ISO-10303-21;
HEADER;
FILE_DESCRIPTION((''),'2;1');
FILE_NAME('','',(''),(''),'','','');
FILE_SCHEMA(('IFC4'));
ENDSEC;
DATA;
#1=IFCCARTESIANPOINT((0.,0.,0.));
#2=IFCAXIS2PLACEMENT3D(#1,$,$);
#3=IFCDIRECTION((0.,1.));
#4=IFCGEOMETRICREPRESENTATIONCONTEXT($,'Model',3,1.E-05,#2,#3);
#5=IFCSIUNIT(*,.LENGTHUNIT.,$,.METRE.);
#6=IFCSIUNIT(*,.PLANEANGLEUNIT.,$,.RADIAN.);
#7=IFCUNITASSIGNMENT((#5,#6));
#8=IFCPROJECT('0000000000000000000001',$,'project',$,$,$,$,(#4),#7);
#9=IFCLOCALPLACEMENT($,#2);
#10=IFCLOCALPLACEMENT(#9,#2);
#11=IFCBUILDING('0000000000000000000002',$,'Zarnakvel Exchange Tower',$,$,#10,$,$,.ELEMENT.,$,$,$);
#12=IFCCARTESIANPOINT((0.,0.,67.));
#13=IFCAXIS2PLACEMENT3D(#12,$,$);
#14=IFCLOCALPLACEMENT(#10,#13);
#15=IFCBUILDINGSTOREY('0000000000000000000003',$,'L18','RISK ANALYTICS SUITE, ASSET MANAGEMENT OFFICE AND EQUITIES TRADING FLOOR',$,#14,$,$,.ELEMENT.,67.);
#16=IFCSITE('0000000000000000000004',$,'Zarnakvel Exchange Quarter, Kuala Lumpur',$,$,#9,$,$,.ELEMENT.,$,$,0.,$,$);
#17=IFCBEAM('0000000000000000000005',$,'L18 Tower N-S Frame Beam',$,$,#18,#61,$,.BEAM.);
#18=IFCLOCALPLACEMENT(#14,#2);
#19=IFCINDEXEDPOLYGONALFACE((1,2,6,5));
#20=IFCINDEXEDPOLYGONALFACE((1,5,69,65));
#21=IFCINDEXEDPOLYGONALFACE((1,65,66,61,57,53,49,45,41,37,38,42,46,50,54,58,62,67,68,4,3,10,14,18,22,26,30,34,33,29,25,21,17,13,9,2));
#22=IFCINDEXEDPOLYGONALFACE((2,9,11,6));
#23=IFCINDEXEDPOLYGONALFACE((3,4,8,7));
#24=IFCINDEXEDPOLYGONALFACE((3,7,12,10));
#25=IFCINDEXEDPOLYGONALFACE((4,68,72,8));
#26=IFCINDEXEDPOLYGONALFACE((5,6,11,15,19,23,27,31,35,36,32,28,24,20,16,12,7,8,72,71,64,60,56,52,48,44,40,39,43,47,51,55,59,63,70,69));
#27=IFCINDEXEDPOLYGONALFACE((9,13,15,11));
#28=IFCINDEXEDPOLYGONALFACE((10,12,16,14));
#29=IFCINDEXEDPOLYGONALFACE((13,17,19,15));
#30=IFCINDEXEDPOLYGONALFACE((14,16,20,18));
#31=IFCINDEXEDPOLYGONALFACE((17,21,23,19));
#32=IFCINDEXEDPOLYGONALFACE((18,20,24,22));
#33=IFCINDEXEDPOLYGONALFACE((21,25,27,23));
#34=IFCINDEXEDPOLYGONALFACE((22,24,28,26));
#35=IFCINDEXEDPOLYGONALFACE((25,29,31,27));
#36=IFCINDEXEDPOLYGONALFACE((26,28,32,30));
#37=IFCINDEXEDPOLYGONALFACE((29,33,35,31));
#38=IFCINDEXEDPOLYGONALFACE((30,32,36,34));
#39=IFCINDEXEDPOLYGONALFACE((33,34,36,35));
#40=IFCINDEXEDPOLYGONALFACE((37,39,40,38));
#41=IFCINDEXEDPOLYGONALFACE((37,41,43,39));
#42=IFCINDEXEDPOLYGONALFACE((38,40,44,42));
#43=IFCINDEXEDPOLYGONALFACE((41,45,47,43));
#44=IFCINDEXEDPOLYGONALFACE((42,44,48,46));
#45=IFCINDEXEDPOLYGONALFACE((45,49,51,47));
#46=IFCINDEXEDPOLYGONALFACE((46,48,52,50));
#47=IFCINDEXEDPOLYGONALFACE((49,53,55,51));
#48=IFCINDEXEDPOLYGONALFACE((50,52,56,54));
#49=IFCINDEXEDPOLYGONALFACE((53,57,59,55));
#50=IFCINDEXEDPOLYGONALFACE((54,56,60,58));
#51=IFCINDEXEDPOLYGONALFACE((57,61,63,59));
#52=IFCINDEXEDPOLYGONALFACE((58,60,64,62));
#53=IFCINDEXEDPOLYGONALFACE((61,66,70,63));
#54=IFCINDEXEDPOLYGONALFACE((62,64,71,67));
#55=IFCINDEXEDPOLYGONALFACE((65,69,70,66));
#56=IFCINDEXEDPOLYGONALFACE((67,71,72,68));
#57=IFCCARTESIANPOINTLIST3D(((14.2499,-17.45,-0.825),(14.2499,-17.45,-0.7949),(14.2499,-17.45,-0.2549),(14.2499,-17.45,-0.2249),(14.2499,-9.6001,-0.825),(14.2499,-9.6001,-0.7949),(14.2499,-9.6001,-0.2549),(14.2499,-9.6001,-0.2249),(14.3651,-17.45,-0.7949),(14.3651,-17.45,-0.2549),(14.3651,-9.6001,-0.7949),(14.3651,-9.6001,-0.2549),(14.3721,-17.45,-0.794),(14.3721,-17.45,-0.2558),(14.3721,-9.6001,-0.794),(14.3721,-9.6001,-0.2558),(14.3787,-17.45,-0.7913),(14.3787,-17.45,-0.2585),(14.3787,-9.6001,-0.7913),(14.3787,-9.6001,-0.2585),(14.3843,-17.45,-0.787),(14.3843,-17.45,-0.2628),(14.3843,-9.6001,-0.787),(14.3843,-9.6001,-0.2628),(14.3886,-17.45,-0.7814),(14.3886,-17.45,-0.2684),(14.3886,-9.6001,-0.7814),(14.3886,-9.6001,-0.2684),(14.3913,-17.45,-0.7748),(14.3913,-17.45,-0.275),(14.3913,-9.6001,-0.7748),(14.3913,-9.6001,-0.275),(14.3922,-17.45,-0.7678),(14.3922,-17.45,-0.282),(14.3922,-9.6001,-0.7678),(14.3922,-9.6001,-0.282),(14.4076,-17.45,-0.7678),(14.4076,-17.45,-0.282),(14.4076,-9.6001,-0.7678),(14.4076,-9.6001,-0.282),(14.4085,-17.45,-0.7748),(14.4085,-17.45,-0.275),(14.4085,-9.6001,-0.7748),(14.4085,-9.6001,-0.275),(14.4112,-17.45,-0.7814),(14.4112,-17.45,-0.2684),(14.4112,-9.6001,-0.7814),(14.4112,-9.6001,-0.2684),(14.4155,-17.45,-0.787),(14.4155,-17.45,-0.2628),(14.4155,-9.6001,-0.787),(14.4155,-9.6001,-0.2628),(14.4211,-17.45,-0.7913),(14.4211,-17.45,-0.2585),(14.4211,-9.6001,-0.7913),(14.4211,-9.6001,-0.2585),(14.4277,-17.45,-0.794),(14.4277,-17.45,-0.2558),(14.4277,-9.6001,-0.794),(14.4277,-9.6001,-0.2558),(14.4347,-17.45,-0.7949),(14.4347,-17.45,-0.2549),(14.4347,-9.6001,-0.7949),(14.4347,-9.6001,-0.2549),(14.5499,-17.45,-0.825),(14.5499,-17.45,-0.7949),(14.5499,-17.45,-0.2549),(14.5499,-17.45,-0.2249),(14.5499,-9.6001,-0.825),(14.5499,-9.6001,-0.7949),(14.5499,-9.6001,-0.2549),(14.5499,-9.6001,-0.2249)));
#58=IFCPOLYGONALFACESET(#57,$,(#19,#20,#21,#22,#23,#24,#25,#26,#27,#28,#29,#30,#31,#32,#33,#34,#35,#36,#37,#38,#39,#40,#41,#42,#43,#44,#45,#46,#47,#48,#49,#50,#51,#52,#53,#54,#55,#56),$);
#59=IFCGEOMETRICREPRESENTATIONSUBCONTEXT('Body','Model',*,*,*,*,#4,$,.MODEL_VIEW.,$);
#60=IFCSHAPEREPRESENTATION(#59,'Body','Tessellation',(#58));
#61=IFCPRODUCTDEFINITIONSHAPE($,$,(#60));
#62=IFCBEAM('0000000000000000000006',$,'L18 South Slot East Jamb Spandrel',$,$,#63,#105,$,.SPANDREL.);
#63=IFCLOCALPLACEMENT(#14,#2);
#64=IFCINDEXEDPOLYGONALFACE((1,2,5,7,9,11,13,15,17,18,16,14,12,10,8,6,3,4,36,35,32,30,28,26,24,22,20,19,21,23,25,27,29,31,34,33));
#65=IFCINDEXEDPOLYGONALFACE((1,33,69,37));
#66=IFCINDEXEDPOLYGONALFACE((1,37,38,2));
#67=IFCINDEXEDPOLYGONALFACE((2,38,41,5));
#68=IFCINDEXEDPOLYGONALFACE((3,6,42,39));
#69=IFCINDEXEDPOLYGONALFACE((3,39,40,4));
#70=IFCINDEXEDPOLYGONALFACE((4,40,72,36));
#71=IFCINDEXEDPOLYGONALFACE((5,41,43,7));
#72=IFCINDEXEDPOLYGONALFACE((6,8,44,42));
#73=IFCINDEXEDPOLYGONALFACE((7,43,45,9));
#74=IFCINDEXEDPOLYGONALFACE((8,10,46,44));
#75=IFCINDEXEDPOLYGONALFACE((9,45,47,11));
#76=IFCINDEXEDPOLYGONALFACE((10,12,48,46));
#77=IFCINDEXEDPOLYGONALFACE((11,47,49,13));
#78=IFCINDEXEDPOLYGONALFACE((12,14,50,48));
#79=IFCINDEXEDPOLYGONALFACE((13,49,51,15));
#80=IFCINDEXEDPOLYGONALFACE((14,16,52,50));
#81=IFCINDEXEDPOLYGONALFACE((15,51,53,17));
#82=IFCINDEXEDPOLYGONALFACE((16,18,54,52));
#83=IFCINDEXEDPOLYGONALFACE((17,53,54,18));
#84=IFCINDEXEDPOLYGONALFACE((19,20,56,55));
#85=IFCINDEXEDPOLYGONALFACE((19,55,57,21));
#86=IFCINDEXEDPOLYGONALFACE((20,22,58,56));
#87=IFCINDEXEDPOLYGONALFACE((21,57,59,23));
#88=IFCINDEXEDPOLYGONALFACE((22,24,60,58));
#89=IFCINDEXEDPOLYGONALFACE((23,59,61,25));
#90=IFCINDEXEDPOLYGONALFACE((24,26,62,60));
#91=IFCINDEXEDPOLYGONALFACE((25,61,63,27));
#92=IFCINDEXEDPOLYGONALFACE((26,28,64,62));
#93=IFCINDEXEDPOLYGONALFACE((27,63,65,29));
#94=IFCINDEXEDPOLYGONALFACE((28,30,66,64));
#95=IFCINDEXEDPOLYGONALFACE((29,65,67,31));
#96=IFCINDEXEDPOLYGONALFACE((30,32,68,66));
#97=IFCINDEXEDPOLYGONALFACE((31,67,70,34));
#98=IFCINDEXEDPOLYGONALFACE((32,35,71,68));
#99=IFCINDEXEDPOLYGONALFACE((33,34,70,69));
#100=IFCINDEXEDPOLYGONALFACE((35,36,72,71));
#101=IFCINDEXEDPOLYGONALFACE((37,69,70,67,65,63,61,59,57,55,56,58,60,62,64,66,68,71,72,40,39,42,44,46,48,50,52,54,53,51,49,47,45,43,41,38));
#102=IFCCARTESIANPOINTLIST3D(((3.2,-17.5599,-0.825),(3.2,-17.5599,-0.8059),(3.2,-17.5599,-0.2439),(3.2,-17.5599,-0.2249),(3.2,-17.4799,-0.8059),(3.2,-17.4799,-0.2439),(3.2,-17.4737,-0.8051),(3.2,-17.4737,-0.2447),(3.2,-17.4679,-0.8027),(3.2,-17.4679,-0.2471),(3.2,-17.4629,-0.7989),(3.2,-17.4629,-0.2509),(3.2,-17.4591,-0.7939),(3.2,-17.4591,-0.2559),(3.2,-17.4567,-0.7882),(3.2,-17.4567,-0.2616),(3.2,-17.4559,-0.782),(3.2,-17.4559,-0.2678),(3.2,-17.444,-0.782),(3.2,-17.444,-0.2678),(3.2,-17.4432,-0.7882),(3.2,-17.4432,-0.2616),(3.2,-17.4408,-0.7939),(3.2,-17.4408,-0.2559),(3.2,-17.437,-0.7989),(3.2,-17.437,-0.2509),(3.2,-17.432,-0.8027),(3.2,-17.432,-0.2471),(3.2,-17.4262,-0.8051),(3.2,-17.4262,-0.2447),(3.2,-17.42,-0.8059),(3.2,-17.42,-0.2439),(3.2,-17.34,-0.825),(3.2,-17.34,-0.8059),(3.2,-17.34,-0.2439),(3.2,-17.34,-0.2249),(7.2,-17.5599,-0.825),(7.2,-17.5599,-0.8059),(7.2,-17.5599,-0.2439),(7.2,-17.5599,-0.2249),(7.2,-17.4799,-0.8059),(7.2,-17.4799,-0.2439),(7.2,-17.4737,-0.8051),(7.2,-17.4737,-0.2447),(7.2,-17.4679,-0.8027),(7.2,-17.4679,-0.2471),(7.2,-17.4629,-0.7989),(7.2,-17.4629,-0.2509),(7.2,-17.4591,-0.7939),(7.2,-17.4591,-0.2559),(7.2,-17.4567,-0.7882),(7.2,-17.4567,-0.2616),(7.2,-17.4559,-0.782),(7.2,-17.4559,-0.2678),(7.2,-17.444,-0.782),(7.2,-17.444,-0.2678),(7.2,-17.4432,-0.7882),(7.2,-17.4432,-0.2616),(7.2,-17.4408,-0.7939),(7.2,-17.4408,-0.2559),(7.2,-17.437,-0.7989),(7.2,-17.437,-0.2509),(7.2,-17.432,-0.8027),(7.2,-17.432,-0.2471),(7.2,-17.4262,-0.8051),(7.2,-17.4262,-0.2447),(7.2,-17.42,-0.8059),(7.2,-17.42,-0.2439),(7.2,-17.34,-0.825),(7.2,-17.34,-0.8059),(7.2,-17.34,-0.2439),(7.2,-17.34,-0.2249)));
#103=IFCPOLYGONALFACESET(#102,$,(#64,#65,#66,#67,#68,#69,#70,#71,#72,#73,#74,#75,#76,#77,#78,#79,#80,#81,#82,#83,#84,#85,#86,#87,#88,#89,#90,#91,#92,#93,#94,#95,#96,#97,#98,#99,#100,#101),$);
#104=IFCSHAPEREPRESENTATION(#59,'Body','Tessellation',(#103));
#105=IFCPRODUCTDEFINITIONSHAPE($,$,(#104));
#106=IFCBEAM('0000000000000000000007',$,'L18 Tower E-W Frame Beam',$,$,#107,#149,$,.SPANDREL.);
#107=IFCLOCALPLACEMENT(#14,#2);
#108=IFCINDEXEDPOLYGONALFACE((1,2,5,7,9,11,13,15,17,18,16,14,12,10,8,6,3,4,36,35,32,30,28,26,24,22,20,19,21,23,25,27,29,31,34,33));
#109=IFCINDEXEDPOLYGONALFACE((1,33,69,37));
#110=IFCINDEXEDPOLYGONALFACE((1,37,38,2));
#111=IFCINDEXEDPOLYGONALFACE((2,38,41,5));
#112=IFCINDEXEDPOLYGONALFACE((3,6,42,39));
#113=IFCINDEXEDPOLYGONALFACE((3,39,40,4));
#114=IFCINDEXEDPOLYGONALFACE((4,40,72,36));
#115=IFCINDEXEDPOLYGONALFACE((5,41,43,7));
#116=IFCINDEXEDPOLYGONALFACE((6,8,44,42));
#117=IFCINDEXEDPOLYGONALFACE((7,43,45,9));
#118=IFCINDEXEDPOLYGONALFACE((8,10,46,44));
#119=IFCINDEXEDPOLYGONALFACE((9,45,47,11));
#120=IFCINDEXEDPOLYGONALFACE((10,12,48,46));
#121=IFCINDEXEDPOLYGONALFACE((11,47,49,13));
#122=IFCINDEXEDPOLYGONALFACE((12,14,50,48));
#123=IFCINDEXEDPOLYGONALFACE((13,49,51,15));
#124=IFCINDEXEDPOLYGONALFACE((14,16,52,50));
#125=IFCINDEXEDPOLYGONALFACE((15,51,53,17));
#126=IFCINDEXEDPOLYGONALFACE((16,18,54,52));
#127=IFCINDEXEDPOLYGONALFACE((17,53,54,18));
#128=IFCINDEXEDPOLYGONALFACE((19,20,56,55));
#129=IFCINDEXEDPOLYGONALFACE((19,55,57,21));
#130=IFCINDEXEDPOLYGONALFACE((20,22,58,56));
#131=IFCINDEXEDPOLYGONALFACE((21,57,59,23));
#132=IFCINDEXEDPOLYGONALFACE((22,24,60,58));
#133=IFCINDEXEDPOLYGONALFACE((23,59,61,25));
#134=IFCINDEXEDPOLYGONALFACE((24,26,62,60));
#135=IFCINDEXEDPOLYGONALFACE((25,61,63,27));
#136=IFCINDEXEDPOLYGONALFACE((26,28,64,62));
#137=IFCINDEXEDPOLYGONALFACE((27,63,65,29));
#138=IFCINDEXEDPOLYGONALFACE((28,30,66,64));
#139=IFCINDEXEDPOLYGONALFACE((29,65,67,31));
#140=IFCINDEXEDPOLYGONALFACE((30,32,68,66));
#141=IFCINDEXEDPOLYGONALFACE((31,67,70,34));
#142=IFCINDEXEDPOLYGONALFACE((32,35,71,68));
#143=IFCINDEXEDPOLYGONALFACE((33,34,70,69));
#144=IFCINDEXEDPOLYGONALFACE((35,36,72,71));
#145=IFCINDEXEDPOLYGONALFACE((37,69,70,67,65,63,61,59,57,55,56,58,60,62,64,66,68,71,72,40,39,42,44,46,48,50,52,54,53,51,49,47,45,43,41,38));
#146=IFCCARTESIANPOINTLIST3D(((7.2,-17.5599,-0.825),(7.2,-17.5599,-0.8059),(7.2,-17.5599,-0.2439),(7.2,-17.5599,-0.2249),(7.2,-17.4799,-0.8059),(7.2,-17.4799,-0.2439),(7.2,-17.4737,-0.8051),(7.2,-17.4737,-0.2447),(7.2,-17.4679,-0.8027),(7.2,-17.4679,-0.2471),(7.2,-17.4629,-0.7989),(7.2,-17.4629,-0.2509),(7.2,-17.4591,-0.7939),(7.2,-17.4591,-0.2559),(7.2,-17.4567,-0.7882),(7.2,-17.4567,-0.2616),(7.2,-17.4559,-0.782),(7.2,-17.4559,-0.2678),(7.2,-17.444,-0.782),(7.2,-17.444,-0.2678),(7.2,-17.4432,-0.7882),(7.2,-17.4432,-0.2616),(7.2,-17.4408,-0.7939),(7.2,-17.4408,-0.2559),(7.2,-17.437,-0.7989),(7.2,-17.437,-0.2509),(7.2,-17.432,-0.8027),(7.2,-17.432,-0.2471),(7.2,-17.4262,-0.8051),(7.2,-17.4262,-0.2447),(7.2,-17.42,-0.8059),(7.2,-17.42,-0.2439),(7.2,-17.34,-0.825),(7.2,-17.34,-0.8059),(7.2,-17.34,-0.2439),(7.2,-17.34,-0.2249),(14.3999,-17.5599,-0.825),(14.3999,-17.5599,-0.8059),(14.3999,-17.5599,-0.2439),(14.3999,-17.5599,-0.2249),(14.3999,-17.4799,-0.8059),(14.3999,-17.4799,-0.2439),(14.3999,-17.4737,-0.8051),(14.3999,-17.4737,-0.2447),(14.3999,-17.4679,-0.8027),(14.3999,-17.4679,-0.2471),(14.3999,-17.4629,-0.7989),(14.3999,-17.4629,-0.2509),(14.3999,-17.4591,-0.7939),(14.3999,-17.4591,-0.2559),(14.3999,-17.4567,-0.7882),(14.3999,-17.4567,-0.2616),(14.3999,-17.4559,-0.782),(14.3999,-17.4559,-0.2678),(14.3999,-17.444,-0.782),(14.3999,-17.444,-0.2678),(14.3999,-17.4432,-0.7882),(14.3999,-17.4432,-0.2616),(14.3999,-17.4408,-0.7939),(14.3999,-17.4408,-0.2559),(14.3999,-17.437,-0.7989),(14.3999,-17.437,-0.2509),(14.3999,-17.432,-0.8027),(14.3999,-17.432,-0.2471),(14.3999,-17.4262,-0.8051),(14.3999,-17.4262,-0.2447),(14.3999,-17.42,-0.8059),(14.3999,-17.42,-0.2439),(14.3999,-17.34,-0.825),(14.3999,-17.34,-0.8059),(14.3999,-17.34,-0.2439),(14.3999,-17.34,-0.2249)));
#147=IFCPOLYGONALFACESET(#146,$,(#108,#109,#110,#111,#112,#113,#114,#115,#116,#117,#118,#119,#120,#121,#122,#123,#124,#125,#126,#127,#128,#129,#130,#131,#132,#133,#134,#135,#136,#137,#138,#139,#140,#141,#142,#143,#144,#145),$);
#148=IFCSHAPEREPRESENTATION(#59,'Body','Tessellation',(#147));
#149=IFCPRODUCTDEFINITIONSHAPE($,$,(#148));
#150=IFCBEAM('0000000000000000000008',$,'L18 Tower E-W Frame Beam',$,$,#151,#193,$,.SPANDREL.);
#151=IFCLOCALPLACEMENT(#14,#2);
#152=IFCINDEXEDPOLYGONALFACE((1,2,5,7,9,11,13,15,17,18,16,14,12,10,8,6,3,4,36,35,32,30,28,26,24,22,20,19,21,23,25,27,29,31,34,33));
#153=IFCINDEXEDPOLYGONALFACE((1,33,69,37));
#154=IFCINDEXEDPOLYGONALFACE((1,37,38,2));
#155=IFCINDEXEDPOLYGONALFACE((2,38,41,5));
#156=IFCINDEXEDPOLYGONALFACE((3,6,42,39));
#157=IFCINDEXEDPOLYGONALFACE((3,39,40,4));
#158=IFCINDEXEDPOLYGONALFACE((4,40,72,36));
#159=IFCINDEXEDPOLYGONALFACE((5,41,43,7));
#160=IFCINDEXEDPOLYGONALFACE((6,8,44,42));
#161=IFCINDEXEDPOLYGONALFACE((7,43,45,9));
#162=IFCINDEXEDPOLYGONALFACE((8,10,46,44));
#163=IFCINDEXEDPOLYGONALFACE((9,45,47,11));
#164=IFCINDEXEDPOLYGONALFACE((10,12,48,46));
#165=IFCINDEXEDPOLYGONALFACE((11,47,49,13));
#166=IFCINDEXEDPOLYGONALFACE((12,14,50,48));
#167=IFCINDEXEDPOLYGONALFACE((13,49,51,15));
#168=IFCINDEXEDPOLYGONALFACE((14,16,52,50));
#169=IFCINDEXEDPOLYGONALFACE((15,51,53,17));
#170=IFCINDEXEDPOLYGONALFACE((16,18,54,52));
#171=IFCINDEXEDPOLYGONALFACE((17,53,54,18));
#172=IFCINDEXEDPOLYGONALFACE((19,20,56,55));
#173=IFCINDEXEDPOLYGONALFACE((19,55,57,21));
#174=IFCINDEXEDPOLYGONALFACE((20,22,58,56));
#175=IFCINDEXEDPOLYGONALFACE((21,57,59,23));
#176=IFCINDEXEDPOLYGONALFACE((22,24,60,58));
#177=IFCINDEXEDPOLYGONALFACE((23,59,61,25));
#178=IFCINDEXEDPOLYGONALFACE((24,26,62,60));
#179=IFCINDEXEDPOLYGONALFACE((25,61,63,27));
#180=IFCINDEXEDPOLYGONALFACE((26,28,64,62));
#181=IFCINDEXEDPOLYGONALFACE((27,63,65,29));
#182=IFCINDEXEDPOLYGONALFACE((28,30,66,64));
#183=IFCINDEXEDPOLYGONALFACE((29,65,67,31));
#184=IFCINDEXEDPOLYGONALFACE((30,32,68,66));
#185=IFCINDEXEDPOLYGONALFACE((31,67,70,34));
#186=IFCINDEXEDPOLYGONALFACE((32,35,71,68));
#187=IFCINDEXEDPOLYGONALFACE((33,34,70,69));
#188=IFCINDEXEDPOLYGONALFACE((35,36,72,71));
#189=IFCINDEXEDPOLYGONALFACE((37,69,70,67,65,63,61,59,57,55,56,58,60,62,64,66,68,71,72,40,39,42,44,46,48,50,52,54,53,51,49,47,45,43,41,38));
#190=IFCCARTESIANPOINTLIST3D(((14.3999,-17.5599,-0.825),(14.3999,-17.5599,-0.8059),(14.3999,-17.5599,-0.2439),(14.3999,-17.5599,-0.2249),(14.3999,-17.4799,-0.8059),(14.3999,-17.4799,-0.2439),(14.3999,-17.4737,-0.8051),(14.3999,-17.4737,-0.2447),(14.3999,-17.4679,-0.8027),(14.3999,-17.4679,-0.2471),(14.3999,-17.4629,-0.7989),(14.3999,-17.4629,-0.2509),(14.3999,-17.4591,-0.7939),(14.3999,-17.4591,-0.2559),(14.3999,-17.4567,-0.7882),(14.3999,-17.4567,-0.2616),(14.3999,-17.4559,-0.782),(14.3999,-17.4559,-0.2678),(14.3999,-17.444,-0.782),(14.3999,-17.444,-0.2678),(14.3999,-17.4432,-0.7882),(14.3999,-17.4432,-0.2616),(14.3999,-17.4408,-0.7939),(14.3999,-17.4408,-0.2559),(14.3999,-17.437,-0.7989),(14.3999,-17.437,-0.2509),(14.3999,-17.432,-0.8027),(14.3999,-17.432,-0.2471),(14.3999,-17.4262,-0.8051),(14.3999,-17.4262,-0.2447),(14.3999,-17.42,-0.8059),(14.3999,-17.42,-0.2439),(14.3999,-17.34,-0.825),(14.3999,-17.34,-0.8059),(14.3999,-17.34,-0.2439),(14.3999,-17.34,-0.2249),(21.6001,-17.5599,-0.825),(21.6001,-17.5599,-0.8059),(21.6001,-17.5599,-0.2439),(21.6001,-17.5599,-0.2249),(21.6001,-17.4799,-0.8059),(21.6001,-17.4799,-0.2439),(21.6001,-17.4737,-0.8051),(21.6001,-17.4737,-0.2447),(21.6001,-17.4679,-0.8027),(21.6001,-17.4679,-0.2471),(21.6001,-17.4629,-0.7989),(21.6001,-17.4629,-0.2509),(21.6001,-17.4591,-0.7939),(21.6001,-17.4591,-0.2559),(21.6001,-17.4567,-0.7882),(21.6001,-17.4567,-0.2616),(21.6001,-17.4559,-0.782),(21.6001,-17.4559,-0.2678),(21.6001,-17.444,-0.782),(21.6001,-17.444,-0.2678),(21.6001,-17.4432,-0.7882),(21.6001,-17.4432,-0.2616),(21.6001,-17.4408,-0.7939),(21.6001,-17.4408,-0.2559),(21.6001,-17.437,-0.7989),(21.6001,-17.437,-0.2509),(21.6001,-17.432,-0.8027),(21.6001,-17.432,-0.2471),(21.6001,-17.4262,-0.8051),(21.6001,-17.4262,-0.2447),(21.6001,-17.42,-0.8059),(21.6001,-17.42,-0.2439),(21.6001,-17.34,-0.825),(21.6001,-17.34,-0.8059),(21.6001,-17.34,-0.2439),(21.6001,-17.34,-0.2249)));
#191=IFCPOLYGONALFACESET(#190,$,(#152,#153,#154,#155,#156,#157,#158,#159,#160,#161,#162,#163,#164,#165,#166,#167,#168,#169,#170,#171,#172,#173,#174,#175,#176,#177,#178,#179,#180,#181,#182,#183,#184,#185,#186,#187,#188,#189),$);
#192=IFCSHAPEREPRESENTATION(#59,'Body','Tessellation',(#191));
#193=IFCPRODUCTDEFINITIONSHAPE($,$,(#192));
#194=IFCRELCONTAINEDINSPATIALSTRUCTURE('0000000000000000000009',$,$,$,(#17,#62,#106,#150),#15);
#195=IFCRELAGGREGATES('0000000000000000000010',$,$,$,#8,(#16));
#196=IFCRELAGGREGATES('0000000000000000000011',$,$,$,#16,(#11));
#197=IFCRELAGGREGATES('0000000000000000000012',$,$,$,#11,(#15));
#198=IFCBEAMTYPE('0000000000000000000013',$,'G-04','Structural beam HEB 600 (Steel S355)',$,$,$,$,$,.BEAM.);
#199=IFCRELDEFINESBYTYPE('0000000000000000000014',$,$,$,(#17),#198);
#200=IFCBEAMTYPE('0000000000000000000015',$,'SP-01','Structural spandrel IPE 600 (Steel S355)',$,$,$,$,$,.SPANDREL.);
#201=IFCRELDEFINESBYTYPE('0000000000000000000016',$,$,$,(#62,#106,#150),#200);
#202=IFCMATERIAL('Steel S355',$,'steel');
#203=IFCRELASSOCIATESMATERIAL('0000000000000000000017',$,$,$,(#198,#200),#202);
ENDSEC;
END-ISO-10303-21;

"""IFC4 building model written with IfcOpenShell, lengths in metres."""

from ifc_helpers import new_model, si_unit, direction, frame, origin, origin_2d, place, context, subcontext, project, spatial, i_section, extrude, material, material_profile, profile_set, type_object, element, save


model = new_model("IFC4")

# Units and contexts
model_context = context("Model", 3, precision=1e-05, world=origin(), true_north=direction((0.0, 1.0)))
body_context = subcontext(model_context, "Body", "Model", "MODEL_VIEW")
ifc_project = project(units=[si_unit("LENGTHUNIT", "METRE"), si_unit("PLANEANGLEUNIT", "RADIAN")], contexts=[model_context])

# Site, building, storey
site_placement = place(None, origin())
site = spatial("IfcSite", under=ifc_project, at=site_placement, Name="Zarnakvel Exchange Quarter, Kuala Lumpur", CompositionType="ELEMENT", RefElevation=0.0)
building_placement = place(site_placement, origin())
building = spatial("IfcBuilding", under=site, at=building_placement, Name="Zarnakvel Exchange Tower", CompositionType="ELEMENT")
storey_placement = place(building_placement, frame((0.0, 0.0, 67.0)))
storey = spatial("IfcBuildingStorey", under=building, at=storey_placement, Name="L18", Description="RISK ANALYTICS SUITE, ASSET MANAGEMENT OFFICE AND EQUITIES TRADING FLOOR", CompositionType="ELEMENT", Elevation=67.0)

# Beams
ifc_material_1 = material(Name="Steel S355", Category="steel")
ifc_material_profile_1 = material_profile(ifc_material_1, i_section(OverallWidth=0.3, OverallDepth=0.6001, WebThickness=0.0154, FlangeThickness=0.03, FilletRadius=0.0271, at=origin_2d()))
ifc_profile_set_1 = profile_set([ifc_material_profile_1], Name="Steel S355")
beam_type_1 = type_object("IfcBeamType", Name="G-04", Description="Structural beam HEB 600 (Steel S355)", PredefinedType="BEAM", material=ifc_profile_set_1)
for number, where, z_axis, x_axis, name in (
    (1, (14.3999, -17.45, -0.5249), (0.0, 1.0, 0.0), (-1.0, 0.0, 0.0), "L18 Tower N-S Frame Beam"),
):
    element("IfcBeam", number, at=place(storey_placement, frame(where, z_axis=z_axis, x_axis=x_axis)), inside=storey, type_object=beam_type_1, Name=name, PredefinedType="BEAM", context=body_context, shape_type="SweptSolid", body=[
        extrude(i_section(OverallWidth=0.3, OverallDepth=0.6001, WebThickness=0.0154, FlangeThickness=0.03, FilletRadius=0.0271, at=origin_2d()), origin(), (0.0, 0.0, 1.0), 7.8499),
    ])
ifc_material_profile_2 = material_profile(ifc_material_1, i_section(OverallWidth=0.22, OverallDepth=0.6001, WebThickness=0.012, FlangeThickness=0.019, FilletRadius=0.0239, at=origin_2d()))
ifc_profile_set_2 = profile_set([ifc_material_profile_2], Name="Steel S355")
beam_type_2 = type_object("IfcBeamType", Name="SP-01", Description="Structural spandrel IPE 600 (Steel S355)", PredefinedType="SPANDREL", material=ifc_profile_set_2)
beam_1_placement = place(storey_placement, frame((3.2, -17.45, -0.5249), z_axis=(1.0, 0.0, 0.0), x_axis=(0.0, 1.0, 0.0)))
element("IfcBeam", 2, at=beam_1_placement, inside=storey, type_object=beam_type_2, Name="L18 South Slot East Jamb Spandrel", PredefinedType="SPANDREL", context=body_context, shape_type="SweptSolid", body=[
    extrude(i_section(OverallWidth=0.22, OverallDepth=0.6001, WebThickness=0.012, FlangeThickness=0.019, FilletRadius=0.0239, at=origin_2d()), origin(), (0.0, 0.0, 1.0), 4.0),
])
beam_2_placement = place(storey_placement, frame((7.2, -17.45, -0.5249), z_axis=(1.0, 0.0, 0.0), x_axis=(0.0, 1.0, 0.0)))
element("IfcBeam", 3, at=beam_2_placement, inside=storey, type_object=beam_type_2, Name="L18 Tower E-W Frame Beam", PredefinedType="SPANDREL", context=body_context, shape_type="SweptSolid", body=[
    extrude(i_section(OverallWidth=0.22, OverallDepth=0.6001, WebThickness=0.012, FlangeThickness=0.019, FilletRadius=0.0239, at=origin_2d()), origin(), (0.0, 0.0, 1.0), 7.2),
])
beam_3_placement = place(storey_placement, frame((14.3999, -17.45, -0.5249), z_axis=(1.0, 0.0, 0.0), x_axis=(0.0, 1.0, 0.0)))
element("IfcBeam", 4, at=beam_3_placement, inside=storey, type_object=beam_type_2, Name="L18 Tower E-W Frame Beam", PredefinedType="SPANDREL", context=body_context, shape_type="SweptSolid", body=[
    extrude(i_section(OverallWidth=0.22, OverallDepth=0.6001, WebThickness=0.012, FlangeThickness=0.019, FilletRadius=0.0239, at=origin_2d()), origin(), (0.0, 0.0, 1.0), 7.2002),
])

save(model, "model.ifc")
